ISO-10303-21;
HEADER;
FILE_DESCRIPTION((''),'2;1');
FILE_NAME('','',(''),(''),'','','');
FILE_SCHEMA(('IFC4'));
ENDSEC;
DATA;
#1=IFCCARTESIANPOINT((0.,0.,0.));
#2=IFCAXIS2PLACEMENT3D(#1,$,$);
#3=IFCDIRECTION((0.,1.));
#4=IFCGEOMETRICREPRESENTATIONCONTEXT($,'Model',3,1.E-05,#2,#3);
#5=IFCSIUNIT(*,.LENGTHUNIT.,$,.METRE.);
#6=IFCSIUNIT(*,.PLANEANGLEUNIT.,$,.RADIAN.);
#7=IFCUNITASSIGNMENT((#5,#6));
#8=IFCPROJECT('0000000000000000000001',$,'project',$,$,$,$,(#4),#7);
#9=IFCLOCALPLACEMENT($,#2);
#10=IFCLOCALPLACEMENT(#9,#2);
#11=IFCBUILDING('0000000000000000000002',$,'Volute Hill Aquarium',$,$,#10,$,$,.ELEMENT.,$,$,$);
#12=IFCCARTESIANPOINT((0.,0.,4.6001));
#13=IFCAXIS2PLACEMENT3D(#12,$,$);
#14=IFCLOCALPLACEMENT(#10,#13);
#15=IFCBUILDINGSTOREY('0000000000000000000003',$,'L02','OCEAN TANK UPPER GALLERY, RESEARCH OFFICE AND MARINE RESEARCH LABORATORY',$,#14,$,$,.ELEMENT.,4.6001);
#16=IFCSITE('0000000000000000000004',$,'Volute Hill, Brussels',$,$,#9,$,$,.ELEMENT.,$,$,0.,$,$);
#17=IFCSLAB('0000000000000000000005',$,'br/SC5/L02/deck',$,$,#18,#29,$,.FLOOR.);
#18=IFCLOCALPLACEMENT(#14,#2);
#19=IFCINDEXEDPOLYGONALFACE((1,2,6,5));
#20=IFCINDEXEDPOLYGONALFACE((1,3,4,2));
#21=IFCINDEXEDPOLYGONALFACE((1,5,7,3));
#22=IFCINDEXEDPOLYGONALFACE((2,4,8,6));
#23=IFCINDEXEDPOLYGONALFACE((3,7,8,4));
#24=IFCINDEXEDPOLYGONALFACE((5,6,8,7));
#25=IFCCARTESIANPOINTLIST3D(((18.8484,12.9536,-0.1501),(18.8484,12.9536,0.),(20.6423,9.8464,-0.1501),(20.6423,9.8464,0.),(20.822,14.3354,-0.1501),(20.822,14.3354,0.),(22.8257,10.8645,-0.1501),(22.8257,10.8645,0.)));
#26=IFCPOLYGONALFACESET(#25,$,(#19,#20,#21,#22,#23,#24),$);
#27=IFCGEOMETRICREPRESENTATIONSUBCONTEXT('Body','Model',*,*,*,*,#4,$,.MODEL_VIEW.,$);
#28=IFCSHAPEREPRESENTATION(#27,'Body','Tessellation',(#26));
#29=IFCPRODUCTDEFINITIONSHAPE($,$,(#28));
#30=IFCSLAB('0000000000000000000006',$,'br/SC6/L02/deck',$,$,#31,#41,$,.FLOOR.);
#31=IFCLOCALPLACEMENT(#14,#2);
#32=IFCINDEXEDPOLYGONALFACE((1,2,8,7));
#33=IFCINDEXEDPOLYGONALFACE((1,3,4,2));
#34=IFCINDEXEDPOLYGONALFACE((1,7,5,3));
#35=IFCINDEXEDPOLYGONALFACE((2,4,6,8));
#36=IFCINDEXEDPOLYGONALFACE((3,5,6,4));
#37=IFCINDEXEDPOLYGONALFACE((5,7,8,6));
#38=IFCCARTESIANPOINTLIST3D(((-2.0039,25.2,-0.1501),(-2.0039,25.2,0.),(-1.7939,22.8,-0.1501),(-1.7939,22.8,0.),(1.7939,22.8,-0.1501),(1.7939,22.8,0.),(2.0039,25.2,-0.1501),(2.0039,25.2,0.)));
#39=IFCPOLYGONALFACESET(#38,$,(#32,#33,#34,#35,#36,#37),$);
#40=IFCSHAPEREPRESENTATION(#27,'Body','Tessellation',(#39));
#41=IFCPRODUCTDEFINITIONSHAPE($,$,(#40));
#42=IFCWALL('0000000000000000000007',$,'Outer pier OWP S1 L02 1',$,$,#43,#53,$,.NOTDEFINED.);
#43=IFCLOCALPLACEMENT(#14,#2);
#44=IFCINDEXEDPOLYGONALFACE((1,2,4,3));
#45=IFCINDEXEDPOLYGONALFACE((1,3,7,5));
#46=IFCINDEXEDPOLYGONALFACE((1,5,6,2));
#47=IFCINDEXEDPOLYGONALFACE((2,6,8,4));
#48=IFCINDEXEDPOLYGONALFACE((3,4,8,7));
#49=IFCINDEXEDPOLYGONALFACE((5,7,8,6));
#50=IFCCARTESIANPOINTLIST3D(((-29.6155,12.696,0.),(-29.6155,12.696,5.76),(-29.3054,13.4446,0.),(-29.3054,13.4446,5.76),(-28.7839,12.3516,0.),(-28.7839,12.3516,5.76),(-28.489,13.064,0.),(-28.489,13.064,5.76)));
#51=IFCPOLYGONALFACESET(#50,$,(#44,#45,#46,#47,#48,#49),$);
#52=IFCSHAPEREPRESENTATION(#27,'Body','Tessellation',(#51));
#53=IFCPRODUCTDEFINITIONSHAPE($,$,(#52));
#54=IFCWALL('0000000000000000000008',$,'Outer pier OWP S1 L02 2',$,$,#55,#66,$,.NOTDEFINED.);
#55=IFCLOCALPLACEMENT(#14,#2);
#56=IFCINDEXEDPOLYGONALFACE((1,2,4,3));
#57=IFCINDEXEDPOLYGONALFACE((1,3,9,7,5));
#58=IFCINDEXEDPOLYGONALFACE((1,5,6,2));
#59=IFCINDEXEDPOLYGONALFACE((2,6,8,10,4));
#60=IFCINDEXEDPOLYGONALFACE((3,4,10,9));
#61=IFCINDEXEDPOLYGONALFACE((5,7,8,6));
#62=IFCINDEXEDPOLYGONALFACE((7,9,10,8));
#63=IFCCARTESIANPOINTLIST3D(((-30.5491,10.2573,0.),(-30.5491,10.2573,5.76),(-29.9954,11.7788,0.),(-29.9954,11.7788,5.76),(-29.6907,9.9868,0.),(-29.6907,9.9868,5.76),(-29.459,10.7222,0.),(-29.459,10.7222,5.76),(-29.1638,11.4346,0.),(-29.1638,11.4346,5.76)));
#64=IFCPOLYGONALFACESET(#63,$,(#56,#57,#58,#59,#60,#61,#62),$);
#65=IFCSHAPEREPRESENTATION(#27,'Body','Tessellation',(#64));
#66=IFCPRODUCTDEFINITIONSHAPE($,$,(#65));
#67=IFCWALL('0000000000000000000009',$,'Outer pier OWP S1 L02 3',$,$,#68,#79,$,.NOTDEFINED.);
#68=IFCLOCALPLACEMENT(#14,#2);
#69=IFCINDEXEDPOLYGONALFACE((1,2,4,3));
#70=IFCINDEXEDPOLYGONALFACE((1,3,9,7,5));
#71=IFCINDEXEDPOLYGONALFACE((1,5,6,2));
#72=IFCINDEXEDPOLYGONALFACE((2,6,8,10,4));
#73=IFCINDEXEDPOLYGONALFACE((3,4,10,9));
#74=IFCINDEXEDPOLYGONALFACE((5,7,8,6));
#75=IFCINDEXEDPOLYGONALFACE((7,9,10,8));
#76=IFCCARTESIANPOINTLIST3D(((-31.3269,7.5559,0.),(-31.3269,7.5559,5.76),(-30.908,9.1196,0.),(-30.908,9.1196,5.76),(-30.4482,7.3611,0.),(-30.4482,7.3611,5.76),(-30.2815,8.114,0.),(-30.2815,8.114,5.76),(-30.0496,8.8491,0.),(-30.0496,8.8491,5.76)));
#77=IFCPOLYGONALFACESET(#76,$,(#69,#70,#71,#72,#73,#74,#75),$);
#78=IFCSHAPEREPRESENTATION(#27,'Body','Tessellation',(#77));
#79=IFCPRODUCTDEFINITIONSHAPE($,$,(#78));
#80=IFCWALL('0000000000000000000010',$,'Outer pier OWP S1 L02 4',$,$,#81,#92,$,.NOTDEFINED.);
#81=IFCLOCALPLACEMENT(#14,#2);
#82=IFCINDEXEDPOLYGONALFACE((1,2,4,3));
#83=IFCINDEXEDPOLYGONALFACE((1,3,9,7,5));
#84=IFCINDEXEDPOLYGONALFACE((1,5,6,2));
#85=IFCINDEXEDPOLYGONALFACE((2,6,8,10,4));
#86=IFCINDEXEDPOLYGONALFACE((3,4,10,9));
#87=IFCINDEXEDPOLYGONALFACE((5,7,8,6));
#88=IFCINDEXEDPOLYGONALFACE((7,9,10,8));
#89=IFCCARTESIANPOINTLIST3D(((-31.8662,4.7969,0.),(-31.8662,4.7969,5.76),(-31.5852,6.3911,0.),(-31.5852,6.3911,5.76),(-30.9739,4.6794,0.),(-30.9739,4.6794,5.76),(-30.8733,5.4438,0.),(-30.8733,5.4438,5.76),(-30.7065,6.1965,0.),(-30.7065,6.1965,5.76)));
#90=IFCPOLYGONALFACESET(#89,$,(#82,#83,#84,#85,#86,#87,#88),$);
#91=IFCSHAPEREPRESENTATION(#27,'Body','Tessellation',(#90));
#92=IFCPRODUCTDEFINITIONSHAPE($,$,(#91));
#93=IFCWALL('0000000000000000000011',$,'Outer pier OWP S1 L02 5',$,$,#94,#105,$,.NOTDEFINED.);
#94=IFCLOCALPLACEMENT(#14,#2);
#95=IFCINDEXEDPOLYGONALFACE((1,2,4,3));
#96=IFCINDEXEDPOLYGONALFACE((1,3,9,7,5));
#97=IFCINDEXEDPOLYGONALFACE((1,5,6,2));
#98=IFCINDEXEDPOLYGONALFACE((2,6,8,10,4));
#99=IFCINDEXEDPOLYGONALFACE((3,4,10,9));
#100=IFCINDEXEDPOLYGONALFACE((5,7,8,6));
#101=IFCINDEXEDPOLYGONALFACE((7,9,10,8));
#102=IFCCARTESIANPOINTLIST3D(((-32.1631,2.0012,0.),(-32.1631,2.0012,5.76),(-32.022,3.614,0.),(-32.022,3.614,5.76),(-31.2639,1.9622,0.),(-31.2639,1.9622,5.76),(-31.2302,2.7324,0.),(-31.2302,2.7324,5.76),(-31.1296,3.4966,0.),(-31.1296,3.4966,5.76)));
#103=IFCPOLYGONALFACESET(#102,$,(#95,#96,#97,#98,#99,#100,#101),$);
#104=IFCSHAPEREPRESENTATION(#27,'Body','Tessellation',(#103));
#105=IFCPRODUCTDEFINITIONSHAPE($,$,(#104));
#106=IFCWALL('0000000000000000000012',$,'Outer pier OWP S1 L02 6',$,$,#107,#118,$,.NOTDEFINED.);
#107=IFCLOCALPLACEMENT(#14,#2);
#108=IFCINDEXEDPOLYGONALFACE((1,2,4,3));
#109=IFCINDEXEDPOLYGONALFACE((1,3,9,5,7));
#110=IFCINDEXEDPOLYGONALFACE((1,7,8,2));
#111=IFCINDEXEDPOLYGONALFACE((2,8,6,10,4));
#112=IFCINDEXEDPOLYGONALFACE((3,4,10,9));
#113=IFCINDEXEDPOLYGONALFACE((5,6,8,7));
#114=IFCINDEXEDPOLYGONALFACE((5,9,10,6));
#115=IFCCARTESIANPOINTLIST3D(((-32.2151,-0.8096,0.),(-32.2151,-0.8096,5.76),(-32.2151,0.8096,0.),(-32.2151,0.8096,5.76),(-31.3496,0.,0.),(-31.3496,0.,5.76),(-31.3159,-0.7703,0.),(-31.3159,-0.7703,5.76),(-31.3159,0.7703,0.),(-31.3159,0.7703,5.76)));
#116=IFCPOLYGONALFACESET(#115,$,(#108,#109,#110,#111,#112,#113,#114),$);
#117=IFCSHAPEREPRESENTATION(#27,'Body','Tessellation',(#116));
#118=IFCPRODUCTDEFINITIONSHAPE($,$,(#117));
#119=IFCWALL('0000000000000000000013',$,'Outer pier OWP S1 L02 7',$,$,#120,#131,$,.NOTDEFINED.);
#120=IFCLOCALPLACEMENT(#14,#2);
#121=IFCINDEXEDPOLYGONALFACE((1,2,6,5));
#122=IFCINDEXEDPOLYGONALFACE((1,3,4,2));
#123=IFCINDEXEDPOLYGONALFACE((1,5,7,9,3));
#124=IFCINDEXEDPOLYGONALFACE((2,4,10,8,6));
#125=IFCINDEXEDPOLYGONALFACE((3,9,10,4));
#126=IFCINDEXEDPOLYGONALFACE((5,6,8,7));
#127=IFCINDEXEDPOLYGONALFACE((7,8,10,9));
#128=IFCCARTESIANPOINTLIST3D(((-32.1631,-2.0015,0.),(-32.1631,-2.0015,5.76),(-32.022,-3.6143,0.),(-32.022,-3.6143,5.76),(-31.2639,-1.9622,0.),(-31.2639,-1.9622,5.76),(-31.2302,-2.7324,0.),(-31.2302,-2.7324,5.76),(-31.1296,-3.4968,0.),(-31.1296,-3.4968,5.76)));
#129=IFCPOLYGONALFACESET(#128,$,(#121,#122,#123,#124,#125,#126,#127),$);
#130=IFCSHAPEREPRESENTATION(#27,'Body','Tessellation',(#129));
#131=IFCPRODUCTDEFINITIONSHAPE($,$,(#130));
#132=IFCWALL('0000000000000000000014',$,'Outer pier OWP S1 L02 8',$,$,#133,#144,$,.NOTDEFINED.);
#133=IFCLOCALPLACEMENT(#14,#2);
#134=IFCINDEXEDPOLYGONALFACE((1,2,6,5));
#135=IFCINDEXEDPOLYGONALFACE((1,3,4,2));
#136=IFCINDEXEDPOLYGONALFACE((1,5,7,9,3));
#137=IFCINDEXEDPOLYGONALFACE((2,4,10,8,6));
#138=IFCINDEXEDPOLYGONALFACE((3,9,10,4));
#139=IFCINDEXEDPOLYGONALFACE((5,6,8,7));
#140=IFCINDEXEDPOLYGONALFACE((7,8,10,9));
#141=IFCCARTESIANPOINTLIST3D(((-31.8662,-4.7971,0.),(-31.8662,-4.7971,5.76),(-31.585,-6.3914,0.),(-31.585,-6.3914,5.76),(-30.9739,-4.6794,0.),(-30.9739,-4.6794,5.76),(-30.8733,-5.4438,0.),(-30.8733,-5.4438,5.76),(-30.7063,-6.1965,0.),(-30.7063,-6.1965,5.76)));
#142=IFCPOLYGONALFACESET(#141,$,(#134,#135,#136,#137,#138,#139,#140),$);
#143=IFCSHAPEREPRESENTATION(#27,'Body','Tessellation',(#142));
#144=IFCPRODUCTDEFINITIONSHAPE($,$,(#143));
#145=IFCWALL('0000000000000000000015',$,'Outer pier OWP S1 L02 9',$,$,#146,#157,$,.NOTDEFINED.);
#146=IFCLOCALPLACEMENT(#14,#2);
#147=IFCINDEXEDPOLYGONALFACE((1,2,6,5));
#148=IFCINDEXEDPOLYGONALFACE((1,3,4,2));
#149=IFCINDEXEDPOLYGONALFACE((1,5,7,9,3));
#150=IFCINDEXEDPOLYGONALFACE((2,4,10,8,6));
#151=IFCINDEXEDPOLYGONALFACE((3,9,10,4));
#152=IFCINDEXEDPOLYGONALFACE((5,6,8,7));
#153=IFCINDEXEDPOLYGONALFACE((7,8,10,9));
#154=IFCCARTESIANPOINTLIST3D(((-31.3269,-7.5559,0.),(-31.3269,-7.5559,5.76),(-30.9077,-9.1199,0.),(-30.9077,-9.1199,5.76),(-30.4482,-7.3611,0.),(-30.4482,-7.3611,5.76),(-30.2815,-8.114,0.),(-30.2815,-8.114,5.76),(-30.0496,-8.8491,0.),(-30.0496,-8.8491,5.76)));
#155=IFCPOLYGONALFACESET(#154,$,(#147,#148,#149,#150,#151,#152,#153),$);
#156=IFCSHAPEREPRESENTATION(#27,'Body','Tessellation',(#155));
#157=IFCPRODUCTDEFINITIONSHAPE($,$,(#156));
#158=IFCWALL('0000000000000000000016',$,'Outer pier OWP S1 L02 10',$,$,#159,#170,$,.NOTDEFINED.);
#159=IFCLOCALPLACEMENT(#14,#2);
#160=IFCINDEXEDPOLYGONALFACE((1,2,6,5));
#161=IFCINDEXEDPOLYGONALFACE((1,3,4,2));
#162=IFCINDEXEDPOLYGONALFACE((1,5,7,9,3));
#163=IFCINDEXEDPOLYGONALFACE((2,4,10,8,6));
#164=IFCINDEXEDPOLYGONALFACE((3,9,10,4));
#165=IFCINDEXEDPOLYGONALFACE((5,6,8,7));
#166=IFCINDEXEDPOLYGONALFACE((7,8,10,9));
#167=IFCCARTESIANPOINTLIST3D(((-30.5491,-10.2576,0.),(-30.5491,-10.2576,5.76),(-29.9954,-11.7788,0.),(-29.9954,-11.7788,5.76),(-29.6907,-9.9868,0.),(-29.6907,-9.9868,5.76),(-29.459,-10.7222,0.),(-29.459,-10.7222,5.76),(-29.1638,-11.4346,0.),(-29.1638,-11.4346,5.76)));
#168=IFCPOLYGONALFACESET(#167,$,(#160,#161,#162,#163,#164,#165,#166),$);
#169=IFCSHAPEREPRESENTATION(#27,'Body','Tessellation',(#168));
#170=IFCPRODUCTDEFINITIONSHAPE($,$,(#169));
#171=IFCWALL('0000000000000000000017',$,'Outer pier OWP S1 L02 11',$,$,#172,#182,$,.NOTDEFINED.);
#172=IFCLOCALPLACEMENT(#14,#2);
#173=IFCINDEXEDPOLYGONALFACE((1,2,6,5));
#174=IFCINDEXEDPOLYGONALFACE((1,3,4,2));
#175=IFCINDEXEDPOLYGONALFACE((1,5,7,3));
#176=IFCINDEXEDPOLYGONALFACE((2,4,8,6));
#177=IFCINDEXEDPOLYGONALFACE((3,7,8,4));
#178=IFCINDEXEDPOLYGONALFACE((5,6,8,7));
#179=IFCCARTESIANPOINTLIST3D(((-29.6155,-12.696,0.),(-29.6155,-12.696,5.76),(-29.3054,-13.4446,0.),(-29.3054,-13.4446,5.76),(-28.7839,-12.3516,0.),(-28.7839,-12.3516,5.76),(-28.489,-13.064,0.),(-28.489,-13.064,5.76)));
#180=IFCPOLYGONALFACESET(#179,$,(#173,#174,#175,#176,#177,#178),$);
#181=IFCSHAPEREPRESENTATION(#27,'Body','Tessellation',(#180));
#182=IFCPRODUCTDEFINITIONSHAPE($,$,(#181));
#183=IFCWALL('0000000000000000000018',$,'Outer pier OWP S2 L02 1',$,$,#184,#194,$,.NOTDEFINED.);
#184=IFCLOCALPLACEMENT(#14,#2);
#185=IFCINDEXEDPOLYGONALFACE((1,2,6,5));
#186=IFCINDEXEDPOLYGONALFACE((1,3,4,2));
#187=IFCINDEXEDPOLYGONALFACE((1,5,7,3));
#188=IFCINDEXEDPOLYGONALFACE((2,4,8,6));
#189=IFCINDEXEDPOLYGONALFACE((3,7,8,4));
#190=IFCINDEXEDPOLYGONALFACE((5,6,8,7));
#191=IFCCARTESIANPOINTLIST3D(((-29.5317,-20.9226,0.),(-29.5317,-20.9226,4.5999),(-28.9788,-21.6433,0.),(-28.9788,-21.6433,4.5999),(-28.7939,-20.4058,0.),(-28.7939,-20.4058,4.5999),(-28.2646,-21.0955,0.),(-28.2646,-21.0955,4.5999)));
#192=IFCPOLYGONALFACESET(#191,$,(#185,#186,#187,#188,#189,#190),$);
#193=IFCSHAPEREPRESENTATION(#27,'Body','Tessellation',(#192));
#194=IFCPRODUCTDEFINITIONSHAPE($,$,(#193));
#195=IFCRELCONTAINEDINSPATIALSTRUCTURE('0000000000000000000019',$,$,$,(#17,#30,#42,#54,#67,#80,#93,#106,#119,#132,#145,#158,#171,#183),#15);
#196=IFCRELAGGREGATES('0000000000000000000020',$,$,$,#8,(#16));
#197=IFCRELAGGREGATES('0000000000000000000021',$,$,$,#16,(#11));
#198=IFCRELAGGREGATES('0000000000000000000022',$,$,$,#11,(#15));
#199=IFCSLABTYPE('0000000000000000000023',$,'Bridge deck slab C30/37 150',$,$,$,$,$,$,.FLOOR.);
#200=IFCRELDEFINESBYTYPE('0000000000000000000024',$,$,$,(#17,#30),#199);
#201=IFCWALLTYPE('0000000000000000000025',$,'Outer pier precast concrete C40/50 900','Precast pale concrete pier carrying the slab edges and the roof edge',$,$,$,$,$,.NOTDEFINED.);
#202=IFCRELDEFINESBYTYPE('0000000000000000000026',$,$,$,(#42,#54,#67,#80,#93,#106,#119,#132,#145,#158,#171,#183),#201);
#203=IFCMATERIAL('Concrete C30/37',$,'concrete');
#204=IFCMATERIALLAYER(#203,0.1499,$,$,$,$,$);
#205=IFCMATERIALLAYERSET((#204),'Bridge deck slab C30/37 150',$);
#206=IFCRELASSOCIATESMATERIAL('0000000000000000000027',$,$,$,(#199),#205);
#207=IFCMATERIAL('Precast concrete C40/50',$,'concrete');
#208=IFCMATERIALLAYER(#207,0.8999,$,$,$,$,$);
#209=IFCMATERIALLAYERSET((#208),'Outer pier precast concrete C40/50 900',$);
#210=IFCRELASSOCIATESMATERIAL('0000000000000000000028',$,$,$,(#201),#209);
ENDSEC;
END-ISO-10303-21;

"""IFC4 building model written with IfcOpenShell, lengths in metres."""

from ifc_helpers import new_model, si_unit, direction, frame, origin, place, context, subcontext, project, spatial, polyline, outline, extrude, material, layer, layer_set, type_object, element, save


model = new_model("IFC4")

# Units and contexts
model_context = context("Model", 3, precision=1e-05, world=origin(), true_north=direction((0.0, 1.0)))
body_context = subcontext(model_context, "Body", "Model", "MODEL_VIEW")
ifc_project = project(units=[si_unit("LENGTHUNIT", "METRE"), si_unit("PLANEANGLEUNIT", "RADIAN")], contexts=[model_context])

# Site, building, storey
site_placement = place(None, origin())
site = spatial("IfcSite", under=ifc_project, at=site_placement, Name="Volute Hill, Brussels", CompositionType="ELEMENT", RefElevation=0.0)
building_placement = place(site_placement, origin())
building = spatial("IfcBuilding", under=site, at=building_placement, Name="Volute Hill Aquarium", CompositionType="ELEMENT")
storey_placement = place(building_placement, frame((0.0, 0.0, 4.6001)))
storey = spatial("IfcBuildingStorey", under=building, at=storey_placement, Name="L02", Description="OCEAN TANK UPPER GALLERY, RESEARCH OFFICE AND MARINE RESEARCH LABORATORY", CompositionType="ELEMENT", Elevation=4.6001)

# Slabs
ifc_material_1 = material(Name="Concrete C30/37", Category="concrete")
ifc_layer_1 = layer(ifc_material_1, 0.1499)
ifc_layer_set_1 = layer_set([ifc_layer_1], Name="Bridge deck slab C30/37 150")
slab_type = type_object("IfcSlabType", Name="Bridge deck slab C30/37 150", PredefinedType="FLOOR", material=ifc_layer_set_1)
slab_1_placement = place(storey_placement, frame((0.0, 0.0, -0.1501)))
element("IfcSlab", 1, at=slab_1_placement, inside=storey, type_object=slab_type, Name="br/SC5/L02/deck", PredefinedType="FLOOR", context=body_context, shape_type="SweptSolid", body=[
    extrude(outline(polyline([(20.6423, 9.8464), (22.8257, 10.8645), (20.822, 14.3354), (18.8484, 12.9536), (20.6423, 9.8464)])), origin(), (0.0, 0.0, 1.0), 0.1501),
])
slab_2_placement = place(storey_placement, frame((0.0, 0.0, -0.1501)))
element("IfcSlab", 2, at=slab_2_placement, inside=storey, type_object=slab_type, Name="br/SC6/L02/deck", PredefinedType="FLOOR", context=body_context, shape_type="SweptSolid", body=[
    extrude(outline(polyline([(1.7939, 22.8), (2.0039, 25.2), (-2.0039, 25.2), (-1.7939, 22.8), (1.7939, 22.8)])), origin(), (0.0, 0.0, 1.0), 0.1501),
])

# Walls
ifc_material_2 = material(Name="Precast concrete C40/50", Category="concrete")
ifc_layer_2 = layer(ifc_material_2, 0.8999)
ifc_layer_set_2 = layer_set([ifc_layer_2], Name="Outer pier precast concrete C40/50 900")
wall_type = type_object("IfcWallType", Name="Outer pier precast concrete C40/50 900", Description="Precast pale concrete pier carrying the slab edges and the roof edge", PredefinedType="NOTDEFINED", material=ifc_layer_set_2)
wall_1_placement = place(storey_placement, origin())
element("IfcWall", 3, at=wall_1_placement, inside=storey, type_object=wall_type, Name="Outer pier OWP S1 L02 1", PredefinedType="NOTDEFINED", context=body_context, shape_type="SweptSolid", body=[
    extrude(outline(polyline([(-28.489, 13.064), (-29.3054, 13.4446), (-29.6155, 12.696), (-28.7839, 12.3516), (-28.489, 13.064)])), origin(), (0.0, 0.0, 1.0), 5.76),
])
wall_2_placement = place(storey_placement, origin())
element("IfcWall", 4, at=wall_2_placement, inside=storey, type_object=wall_type, Name="Outer pier OWP S1 L02 2", PredefinedType="NOTDEFINED", context=body_context, shape_type="SweptSolid", body=[
    extrude(outline(polyline([(-29.1638, 11.4346), (-29.9954, 11.7788), (-30.5491, 10.2573), (-29.6907, 9.9868), (-29.459, 10.7222), (-29.1638, 11.4346)])), origin(), (0.0, 0.0, 1.0), 5.76),
])
wall_3_placement = place(storey_placement, origin())
element("IfcWall", 5, at=wall_3_placement, inside=storey, type_object=wall_type, Name="Outer pier OWP S1 L02 3", PredefinedType="NOTDEFINED", context=body_context, shape_type="SweptSolid", body=[
    extrude(outline(polyline([(-30.0496, 8.8491), (-30.908, 9.1196), (-31.3269, 7.5559), (-30.4482, 7.3611), (-30.2815, 8.114), (-30.0496, 8.8491)])), origin(), (0.0, 0.0, 1.0), 5.76),
])
wall_4_placement = place(storey_placement, origin())
element("IfcWall", 6, at=wall_4_placement, inside=storey, type_object=wall_type, Name="Outer pier OWP S1 L02 4", PredefinedType="NOTDEFINED", context=body_context, shape_type="SweptSolid", body=[
    extrude(outline(polyline([(-30.7065, 6.1965), (-31.5852, 6.3911), (-31.8662, 4.7969), (-30.9739, 4.6794), (-30.8733, 5.4438), (-30.7065, 6.1965)])), origin(), (0.0, 0.0, 1.0), 5.76),
])
wall_5_placement = place(storey_placement, origin())
element("IfcWall", 7, at=wall_5_placement, inside=storey, type_object=wall_type, Name="Outer pier OWP S1 L02 5", PredefinedType="NOTDEFINED", context=body_context, shape_type="SweptSolid", body=[
    extrude(outline(polyline([(-31.1296, 3.4966), (-32.022, 3.614), (-32.1631, 2.0012), (-31.2639, 1.9622), (-31.2302, 2.7324), (-31.1296, 3.4966)])), origin(), (0.0, 0.0, 1.0), 5.76),
])
wall_6_placement = place(storey_placement, origin())
element("IfcWall", 8, at=wall_6_placement, inside=storey, type_object=wall_type, Name="Outer pier OWP S1 L02 6", PredefinedType="NOTDEFINED", context=body_context, shape_type="SweptSolid", body=[
    extrude(outline(polyline([(-31.3159, 0.7703), (-32.2151, 0.8096), (-32.2151, -0.8096), (-31.3159, -0.7703), (-31.3496, 0.0), (-31.3159, 0.7703)])), origin(), (0.0, 0.0, 1.0), 5.76),
])
wall_7_placement = place(storey_placement, origin())
element("IfcWall", 9, at=wall_7_placement, inside=storey, type_object=wall_type, Name="Outer pier OWP S1 L02 7", PredefinedType="NOTDEFINED", context=body_context, shape_type="SweptSolid", body=[
    extrude(outline(polyline([(-31.2639, -1.9622), (-32.1631, -2.0015), (-32.022, -3.6143), (-31.1296, -3.4968), (-31.2302, -2.7324), (-31.2639, -1.9622)])), origin(), (0.0, 0.0, 1.0), 5.76),
])
wall_8_placement = place(storey_placement, origin())
element("IfcWall", 10, at=wall_8_placement, inside=storey, type_object=wall_type, Name="Outer pier OWP S1 L02 8", PredefinedType="NOTDEFINED", context=body_context, shape_type="SweptSolid", body=[
    extrude(outline(polyline([(-30.9739, -4.6794), (-31.8662, -4.7971), (-31.585, -6.3914), (-30.7063, -6.1965), (-30.8733, -5.4438), (-30.9739, -4.6794)])), origin(), (0.0, 0.0, 1.0), 5.76),
])
wall_9_placement = place(storey_placement, origin())
element("IfcWall", 11, at=wall_9_placement, inside=storey, type_object=wall_type, Name="Outer pier OWP S1 L02 9", PredefinedType="NOTDEFINED", context=body_context, shape_type="SweptSolid", body=[
    extrude(outline(polyline([(-30.4482, -7.3611), (-31.3269, -7.5559), (-30.9077, -9.1199), (-30.0496, -8.8491), (-30.2815, -8.114), (-30.4482, -7.3611)])), origin(), (0.0, 0.0, 1.0), 5.76),
])
wall_10_placement = place(storey_placement, origin())
element("IfcWall", 12, at=wall_10_placement, inside=storey, type_object=wall_type, Name="Outer pier OWP S1 L02 10", PredefinedType="NOTDEFINED", context=body_context, shape_type="SweptSolid", body=[
    extrude(outline(polyline([(-29.6907, -9.9868), (-30.5491, -10.2576), (-29.9954, -11.7788), (-29.1638, -11.4346), (-29.459, -10.7222), (-29.6907, -9.9868)])), origin(), (0.0, 0.0, 1.0), 5.76),
])
wall_11_placement = place(storey_placement, origin())
element("IfcWall", 13, at=wall_11_placement, inside=storey, type_object=wall_type, Name="Outer pier OWP S1 L02 11", PredefinedType="NOTDEFINED", context=body_context, shape_type="SweptSolid", body=[
    extrude(outline(polyline([(-28.7839, -12.3516), (-29.6155, -12.696), (-29.3054, -13.4446), (-28.489, -13.064), (-28.7839, -12.3516)])), origin(), (0.0, 0.0, 1.0), 5.76),
])
wall_12_placement = place(storey_placement, origin())
element("IfcWall", 14, at=wall_12_placement, inside=storey, type_object=wall_type, Name="Outer pier OWP S2 L02 1", PredefinedType="NOTDEFINED", context=body_context, shape_type="SweptSolid", body=[
    extrude(outline(polyline([(-28.7939, -20.4058), (-29.5317, -20.9226), (-28.9788, -21.6433), (-28.2646, -21.0955), (-28.7939, -20.4058)])), origin(), (0.0, 0.0, 1.0), 4.5999),
])

save(model, "model.ifc")
